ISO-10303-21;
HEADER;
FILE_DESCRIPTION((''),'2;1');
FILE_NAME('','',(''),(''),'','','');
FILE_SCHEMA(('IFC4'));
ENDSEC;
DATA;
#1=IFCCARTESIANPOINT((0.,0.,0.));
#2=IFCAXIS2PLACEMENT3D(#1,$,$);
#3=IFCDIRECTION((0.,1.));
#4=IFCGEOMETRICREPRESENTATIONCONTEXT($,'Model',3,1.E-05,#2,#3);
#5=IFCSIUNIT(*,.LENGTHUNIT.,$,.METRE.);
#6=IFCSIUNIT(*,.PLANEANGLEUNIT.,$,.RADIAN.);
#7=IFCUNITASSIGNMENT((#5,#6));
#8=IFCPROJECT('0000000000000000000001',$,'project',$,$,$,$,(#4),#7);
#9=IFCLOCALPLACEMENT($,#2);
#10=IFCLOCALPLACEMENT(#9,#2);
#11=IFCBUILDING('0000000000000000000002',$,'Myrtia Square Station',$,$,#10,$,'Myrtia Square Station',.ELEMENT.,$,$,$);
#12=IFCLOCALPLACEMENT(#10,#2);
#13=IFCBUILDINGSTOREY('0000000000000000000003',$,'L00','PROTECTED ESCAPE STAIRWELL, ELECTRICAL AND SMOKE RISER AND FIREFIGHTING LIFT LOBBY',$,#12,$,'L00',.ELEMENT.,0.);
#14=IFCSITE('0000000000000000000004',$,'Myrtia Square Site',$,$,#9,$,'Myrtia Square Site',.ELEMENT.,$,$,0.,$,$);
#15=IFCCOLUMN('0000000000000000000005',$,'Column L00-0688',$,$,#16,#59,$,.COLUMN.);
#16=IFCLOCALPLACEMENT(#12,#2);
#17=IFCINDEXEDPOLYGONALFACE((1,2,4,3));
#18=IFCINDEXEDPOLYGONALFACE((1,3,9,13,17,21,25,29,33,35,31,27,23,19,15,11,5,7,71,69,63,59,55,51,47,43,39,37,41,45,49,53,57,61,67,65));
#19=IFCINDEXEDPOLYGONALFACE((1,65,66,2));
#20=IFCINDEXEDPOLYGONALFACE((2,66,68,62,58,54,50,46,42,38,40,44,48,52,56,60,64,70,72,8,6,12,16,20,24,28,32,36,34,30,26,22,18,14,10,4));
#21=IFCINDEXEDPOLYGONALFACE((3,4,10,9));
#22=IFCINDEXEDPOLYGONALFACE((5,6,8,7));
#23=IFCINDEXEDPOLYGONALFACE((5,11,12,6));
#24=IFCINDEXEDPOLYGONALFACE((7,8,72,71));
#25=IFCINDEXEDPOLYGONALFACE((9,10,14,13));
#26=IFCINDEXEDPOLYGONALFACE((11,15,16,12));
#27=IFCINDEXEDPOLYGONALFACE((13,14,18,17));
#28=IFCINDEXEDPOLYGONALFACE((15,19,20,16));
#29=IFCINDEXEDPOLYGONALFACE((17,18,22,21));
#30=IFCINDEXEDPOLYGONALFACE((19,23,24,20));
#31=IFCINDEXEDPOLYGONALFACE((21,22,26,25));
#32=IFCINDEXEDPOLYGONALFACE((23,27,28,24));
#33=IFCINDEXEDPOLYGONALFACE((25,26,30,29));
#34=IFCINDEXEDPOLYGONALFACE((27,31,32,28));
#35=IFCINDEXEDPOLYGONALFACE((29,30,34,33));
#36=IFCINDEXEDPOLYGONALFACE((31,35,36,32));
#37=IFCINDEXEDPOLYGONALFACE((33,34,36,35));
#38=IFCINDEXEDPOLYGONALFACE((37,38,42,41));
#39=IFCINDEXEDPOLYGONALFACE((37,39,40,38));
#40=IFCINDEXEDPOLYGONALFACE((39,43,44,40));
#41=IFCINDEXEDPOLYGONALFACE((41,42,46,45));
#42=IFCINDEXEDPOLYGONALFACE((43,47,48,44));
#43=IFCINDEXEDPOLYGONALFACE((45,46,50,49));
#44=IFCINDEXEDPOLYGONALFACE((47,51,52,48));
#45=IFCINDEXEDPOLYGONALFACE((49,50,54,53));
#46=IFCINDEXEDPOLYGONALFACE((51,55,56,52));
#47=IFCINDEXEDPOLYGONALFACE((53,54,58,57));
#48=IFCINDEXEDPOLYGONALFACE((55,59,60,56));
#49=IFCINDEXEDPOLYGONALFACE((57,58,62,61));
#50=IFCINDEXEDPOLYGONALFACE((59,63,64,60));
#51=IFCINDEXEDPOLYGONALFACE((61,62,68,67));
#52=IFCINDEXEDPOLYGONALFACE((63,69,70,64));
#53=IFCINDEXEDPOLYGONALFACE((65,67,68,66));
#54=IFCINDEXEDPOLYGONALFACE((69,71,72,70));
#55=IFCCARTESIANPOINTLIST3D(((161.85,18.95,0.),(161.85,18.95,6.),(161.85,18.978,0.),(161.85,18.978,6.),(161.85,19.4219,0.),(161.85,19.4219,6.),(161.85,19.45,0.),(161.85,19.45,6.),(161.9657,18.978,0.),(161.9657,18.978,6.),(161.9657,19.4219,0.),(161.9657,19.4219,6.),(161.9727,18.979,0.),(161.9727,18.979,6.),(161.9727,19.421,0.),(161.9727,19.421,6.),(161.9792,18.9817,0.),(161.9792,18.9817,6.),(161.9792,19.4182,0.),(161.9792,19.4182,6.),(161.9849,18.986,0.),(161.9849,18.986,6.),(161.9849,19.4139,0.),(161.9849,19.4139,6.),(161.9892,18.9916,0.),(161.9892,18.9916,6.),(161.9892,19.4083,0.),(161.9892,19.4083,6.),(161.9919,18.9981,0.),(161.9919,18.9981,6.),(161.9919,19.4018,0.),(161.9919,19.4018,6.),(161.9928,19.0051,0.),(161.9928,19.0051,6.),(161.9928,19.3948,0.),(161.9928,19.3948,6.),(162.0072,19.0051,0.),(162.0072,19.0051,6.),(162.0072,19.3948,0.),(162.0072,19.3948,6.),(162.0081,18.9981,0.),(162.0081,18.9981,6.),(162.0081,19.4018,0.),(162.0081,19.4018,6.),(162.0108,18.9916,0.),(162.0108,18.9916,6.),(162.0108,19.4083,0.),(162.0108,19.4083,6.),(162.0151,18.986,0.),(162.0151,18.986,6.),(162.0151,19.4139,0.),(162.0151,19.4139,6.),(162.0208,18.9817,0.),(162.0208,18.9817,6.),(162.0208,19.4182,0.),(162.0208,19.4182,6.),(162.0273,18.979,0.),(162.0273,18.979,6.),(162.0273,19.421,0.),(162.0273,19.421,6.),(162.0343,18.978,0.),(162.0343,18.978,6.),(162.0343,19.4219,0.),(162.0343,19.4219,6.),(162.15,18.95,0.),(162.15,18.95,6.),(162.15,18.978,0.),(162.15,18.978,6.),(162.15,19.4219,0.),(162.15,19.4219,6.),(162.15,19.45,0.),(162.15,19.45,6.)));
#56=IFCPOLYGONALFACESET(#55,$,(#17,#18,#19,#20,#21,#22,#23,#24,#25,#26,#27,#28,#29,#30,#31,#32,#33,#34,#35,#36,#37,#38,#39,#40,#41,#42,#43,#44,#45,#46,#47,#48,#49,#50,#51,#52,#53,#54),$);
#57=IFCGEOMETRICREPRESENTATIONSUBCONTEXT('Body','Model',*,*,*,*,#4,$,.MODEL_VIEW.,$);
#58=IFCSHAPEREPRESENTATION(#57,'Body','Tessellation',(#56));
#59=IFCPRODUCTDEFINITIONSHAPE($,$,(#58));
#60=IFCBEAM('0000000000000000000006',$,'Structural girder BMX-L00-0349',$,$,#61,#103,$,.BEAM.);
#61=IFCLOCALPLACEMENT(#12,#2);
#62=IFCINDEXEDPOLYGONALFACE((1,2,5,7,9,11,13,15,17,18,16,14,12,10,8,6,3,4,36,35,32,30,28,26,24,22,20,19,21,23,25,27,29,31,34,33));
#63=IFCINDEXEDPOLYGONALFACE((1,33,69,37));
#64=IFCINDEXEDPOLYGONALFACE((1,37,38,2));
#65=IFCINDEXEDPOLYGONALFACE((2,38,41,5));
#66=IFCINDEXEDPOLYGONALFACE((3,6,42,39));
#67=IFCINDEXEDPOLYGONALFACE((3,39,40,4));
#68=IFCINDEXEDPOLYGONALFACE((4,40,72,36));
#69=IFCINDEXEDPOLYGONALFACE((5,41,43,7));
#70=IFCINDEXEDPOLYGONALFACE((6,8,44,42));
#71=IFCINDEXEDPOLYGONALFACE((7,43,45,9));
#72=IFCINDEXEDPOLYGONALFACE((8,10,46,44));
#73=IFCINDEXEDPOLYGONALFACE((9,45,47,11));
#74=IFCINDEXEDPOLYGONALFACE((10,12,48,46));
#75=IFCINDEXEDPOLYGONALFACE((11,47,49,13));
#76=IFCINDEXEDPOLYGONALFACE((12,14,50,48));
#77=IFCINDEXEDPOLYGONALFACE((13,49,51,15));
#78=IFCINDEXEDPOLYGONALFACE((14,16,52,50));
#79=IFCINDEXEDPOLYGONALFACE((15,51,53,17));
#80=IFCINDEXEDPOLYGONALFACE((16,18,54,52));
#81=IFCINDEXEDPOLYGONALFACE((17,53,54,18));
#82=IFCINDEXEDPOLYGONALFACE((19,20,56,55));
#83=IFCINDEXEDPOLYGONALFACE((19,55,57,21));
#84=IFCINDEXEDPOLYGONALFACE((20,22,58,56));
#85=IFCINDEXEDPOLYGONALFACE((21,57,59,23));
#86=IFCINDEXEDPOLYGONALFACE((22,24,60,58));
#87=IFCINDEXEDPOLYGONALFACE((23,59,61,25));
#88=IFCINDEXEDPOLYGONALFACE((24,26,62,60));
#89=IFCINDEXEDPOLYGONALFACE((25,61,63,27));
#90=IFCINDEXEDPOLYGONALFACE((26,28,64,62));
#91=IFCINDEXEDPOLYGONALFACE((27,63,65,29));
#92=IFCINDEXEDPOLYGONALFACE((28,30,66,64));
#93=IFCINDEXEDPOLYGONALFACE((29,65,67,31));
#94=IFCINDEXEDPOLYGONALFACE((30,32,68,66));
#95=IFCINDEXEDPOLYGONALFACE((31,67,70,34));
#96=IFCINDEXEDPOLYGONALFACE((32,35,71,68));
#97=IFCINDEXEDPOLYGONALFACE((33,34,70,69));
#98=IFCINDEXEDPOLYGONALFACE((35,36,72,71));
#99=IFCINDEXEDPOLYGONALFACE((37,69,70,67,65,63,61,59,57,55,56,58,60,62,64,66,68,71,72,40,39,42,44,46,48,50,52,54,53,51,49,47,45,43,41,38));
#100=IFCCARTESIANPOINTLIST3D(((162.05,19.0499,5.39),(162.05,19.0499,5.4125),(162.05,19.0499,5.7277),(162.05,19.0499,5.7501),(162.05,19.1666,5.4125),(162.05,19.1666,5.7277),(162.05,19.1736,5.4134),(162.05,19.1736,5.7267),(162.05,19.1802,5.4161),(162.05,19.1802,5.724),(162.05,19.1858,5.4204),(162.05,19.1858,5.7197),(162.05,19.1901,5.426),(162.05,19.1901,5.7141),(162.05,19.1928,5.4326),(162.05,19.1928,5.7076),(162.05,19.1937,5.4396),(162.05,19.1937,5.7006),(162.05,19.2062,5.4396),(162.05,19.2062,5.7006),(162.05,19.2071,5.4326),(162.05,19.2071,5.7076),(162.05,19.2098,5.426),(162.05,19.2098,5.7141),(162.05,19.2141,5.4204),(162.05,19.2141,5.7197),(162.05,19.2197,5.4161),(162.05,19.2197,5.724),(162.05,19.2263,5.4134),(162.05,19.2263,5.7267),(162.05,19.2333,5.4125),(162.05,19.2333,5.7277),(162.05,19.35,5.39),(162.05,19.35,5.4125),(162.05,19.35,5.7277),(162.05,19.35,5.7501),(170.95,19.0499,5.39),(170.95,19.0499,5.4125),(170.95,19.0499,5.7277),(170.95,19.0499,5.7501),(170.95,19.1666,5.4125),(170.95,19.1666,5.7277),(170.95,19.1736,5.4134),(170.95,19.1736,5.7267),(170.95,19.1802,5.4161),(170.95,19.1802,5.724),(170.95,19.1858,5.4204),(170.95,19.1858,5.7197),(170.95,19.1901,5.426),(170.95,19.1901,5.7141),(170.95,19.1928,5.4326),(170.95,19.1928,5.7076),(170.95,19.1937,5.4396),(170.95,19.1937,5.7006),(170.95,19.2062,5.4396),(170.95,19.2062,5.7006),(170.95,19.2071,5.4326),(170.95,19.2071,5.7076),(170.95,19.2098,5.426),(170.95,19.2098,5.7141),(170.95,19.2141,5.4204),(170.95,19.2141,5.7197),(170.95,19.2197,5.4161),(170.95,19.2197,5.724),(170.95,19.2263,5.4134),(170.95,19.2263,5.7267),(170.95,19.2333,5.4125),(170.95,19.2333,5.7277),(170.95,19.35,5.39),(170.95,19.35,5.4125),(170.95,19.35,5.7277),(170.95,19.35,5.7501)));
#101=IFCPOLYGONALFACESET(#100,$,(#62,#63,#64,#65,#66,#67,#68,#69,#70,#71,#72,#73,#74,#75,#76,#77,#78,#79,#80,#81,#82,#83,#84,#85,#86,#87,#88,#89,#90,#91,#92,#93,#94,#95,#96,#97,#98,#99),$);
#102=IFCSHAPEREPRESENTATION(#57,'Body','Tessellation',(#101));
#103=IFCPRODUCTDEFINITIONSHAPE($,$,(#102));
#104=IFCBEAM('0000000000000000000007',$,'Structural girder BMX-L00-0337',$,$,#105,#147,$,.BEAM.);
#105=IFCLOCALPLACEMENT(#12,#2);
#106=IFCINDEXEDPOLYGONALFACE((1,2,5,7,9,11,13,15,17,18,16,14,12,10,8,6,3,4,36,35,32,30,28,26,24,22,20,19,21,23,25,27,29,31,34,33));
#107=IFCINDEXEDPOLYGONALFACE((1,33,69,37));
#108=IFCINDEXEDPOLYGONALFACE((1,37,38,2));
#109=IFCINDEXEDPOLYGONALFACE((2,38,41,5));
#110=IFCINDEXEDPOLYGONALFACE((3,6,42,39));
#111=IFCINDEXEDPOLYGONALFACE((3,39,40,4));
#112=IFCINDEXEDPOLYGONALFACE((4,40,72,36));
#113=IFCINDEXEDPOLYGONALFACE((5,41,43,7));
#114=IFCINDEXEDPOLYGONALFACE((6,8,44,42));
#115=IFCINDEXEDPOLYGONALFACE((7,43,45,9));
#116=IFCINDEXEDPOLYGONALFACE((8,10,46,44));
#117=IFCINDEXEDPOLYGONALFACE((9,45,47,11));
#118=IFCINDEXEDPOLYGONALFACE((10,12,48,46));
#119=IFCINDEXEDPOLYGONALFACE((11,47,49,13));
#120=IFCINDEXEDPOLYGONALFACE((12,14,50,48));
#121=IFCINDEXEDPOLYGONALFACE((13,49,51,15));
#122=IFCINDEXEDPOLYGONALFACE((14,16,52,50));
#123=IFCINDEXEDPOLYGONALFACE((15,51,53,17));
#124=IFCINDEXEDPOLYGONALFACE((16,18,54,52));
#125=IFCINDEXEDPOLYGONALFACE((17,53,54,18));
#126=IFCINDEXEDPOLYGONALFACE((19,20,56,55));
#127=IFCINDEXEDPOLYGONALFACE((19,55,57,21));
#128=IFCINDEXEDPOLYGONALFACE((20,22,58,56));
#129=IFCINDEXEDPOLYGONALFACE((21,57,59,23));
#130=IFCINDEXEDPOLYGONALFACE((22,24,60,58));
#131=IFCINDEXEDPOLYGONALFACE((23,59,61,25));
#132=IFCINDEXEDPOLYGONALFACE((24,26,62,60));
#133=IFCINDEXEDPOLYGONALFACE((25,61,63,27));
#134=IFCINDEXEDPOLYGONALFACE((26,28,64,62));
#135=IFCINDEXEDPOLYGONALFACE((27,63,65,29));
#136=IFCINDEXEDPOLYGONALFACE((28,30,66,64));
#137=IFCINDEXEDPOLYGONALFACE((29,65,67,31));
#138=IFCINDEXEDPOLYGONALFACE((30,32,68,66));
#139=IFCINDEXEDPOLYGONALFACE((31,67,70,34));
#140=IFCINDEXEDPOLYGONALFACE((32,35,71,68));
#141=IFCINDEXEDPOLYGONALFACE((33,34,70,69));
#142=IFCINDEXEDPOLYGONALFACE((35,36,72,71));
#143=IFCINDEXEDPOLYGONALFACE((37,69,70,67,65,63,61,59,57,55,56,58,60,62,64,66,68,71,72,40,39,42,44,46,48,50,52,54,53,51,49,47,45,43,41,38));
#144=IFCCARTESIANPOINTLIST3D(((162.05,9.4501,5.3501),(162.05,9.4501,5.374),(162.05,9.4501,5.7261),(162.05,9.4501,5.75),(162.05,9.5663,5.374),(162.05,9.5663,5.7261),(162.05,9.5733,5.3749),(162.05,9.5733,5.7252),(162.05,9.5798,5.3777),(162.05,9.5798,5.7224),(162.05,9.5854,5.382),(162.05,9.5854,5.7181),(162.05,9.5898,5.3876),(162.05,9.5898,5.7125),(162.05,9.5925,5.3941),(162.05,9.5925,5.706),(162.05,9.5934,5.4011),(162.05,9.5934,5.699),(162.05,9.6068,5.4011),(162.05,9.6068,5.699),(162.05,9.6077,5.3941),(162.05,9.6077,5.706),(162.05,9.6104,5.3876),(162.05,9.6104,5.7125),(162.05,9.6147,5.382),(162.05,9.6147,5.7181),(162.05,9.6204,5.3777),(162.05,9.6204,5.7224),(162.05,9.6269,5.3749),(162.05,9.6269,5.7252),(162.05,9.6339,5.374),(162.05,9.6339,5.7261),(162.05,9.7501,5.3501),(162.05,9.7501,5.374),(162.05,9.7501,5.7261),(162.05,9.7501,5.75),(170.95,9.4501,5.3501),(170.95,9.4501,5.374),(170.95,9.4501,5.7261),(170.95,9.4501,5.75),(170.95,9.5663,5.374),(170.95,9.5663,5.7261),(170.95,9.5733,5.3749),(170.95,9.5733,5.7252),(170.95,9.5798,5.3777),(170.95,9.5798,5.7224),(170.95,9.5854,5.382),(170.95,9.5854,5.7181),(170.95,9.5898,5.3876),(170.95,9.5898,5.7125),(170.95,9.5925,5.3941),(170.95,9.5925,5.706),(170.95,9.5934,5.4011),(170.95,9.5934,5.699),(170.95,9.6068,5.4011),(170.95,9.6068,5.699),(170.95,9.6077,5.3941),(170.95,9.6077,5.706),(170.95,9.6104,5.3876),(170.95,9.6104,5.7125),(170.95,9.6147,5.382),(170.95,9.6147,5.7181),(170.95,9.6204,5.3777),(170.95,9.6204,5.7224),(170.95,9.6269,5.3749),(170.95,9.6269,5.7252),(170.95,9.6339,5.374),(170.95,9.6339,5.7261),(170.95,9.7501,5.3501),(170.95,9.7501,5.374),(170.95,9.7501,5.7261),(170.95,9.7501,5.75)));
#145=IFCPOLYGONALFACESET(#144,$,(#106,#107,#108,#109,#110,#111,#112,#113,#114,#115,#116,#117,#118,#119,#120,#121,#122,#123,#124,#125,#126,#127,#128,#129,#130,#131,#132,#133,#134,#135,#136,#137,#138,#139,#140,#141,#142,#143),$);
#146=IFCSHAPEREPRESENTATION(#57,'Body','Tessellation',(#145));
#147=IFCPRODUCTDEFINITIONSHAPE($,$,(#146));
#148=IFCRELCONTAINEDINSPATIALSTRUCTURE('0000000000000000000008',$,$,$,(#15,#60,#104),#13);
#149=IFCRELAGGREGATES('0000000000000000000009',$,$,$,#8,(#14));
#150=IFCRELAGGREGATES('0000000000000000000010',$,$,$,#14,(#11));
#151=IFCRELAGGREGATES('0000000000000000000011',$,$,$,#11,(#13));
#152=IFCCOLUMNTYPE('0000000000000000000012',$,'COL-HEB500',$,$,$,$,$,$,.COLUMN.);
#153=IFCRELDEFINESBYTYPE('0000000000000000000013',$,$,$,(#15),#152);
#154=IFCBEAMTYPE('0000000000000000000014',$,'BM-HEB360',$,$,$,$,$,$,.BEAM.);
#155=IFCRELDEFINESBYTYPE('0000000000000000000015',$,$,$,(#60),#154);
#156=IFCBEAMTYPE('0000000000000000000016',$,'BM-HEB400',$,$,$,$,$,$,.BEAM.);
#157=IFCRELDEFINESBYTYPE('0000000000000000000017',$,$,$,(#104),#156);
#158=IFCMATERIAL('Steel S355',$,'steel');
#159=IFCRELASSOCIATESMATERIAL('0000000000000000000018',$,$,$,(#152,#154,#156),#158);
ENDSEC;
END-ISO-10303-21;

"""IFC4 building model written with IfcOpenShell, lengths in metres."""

from ifc_helpers import new_model, si_unit, direction, frame, origin, origin_2d, place, context, subcontext, project, spatial, i_section, extrude, material, material_profile, profile_set, type_object, element, save


model = new_model("IFC4")

# Units and contexts
model_context = context("Model", 3, precision=1e-05, world=origin(), true_north=direction((0.0, 1.0)))
body_context = subcontext(model_context, "Body", "Model", "MODEL_VIEW")
ifc_project = project(units=[si_unit("LENGTHUNIT", "METRE"), si_unit("PLANEANGLEUNIT", "RADIAN")], contexts=[model_context])

# Site, building, storey
site_placement = place(None, origin())
site = spatial("IfcSite", under=ifc_project, at=site_placement, Name="Myrtia Square Site", LongName="Myrtia Square Site", CompositionType="ELEMENT", RefElevation=0.0)
building_placement = place(site_placement, origin())
building = spatial("IfcBuilding", under=site, at=building_placement, Name="Myrtia Square Station", LongName="Myrtia Square Station", CompositionType="ELEMENT")
storey_placement = place(building_placement, origin())
storey = spatial("IfcBuildingStorey", under=building, at=storey_placement, Name="L00", Description="PROTECTED ESCAPE STAIRWELL, ELECTRICAL AND SMOKE RISER AND FIREFIGHTING LIFT LOBBY", LongName="L00", CompositionType="ELEMENT", Elevation=0.0)

# Column
ifc_material_1 = material(Name="Steel S355", Category="steel")
ifc_material_profile_1 = material_profile(ifc_material_1, i_section(OverallWidth=0.3, OverallDepth=0.5, WebThickness=0.0144, FlangeThickness=0.0281, FilletRadius=0.0271, at=origin_2d()), Name="HEB 500")
ifc_profile_set_1 = profile_set([ifc_material_profile_1], Name="Steel S355")
column_type = type_object("IfcColumnType", Name="COL-HEB500", PredefinedType="COLUMN", material=ifc_profile_set_1)
column_placement = place(storey_placement, frame((162.0, 19.2, 0.0), z_axis=(0.0, 0.0, 1.0), x_axis=(1.0, 0.0, 0.0)))
element("IfcColumn", 1, at=column_placement, inside=storey, type_object=column_type, Name="Column L00-0688", PredefinedType="COLUMN", context=body_context, shape_type="SweptSolid", body=[
    extrude(i_section(OverallWidth=0.3, OverallDepth=0.5, WebThickness=0.0144, FlangeThickness=0.0281, FilletRadius=0.0271, at=origin_2d()), origin(), (0.0, 0.0, 1.0), 6.0),
])

# Beams
ifc_material_profile_2 = material_profile(ifc_material_1, i_section(OverallWidth=0.3, OverallDepth=0.3601, WebThickness=0.0125, FlangeThickness=0.0225, FilletRadius=0.0271, at=origin_2d()), Name="HEB 360")
ifc_profile_set_2 = profile_set([ifc_material_profile_2], Name="Steel S355")
beam_type_1 = type_object("IfcBeamType", Name="BM-HEB360", PredefinedType="BEAM", material=ifc_profile_set_2)
beam_1_placement = place(storey_placement, frame((162.05, 19.2, 5.5701), z_axis=(1.0, 0.0, 0.0), x_axis=(0.0, 1.0, 0.0)))
element("IfcBeam", 2, at=beam_1_placement, inside=storey, type_object=beam_type_1, Name="Structural girder BMX-L00-0349", PredefinedType="BEAM", context=body_context, shape_type="SweptSolid", body=[
    extrude(i_section(OverallWidth=0.3, OverallDepth=0.3601, WebThickness=0.0125, FlangeThickness=0.0225, FilletRadius=0.0271, at=origin_2d()), origin(), (0.0, 0.0, 1.0), 8.8999),
])
ifc_material_profile_3 = material_profile(ifc_material_1, i_section(OverallWidth=0.3, OverallDepth=0.3999, WebThickness=0.0134, FlangeThickness=0.0239, FilletRadius=0.0271, at=origin_2d()), Name="HEB 400")
ifc_profile_set_3 = profile_set([ifc_material_profile_3], Name="Steel S355")
beam_type_2 = type_object("IfcBeamType", Name="BM-HEB400", PredefinedType="BEAM", material=ifc_profile_set_3)
beam_2_placement = place(storey_placement, frame((162.05, 9.6001, 5.55), z_axis=(1.0, 0.0, 0.0), x_axis=(0.0, 1.0, 0.0)))
element("IfcBeam", 3, at=beam_2_placement, inside=storey, type_object=beam_type_2, Name="Structural girder BMX-L00-0337", PredefinedType="BEAM", context=body_context, shape_type="SweptSolid", body=[
    extrude(i_section(OverallWidth=0.3, OverallDepth=0.3999, WebThickness=0.0134, FlangeThickness=0.0239, FilletRadius=0.0271, at=origin_2d()), origin(), (0.0, 0.0, 1.0), 8.8999),
])

save(model, "model.ifc")
